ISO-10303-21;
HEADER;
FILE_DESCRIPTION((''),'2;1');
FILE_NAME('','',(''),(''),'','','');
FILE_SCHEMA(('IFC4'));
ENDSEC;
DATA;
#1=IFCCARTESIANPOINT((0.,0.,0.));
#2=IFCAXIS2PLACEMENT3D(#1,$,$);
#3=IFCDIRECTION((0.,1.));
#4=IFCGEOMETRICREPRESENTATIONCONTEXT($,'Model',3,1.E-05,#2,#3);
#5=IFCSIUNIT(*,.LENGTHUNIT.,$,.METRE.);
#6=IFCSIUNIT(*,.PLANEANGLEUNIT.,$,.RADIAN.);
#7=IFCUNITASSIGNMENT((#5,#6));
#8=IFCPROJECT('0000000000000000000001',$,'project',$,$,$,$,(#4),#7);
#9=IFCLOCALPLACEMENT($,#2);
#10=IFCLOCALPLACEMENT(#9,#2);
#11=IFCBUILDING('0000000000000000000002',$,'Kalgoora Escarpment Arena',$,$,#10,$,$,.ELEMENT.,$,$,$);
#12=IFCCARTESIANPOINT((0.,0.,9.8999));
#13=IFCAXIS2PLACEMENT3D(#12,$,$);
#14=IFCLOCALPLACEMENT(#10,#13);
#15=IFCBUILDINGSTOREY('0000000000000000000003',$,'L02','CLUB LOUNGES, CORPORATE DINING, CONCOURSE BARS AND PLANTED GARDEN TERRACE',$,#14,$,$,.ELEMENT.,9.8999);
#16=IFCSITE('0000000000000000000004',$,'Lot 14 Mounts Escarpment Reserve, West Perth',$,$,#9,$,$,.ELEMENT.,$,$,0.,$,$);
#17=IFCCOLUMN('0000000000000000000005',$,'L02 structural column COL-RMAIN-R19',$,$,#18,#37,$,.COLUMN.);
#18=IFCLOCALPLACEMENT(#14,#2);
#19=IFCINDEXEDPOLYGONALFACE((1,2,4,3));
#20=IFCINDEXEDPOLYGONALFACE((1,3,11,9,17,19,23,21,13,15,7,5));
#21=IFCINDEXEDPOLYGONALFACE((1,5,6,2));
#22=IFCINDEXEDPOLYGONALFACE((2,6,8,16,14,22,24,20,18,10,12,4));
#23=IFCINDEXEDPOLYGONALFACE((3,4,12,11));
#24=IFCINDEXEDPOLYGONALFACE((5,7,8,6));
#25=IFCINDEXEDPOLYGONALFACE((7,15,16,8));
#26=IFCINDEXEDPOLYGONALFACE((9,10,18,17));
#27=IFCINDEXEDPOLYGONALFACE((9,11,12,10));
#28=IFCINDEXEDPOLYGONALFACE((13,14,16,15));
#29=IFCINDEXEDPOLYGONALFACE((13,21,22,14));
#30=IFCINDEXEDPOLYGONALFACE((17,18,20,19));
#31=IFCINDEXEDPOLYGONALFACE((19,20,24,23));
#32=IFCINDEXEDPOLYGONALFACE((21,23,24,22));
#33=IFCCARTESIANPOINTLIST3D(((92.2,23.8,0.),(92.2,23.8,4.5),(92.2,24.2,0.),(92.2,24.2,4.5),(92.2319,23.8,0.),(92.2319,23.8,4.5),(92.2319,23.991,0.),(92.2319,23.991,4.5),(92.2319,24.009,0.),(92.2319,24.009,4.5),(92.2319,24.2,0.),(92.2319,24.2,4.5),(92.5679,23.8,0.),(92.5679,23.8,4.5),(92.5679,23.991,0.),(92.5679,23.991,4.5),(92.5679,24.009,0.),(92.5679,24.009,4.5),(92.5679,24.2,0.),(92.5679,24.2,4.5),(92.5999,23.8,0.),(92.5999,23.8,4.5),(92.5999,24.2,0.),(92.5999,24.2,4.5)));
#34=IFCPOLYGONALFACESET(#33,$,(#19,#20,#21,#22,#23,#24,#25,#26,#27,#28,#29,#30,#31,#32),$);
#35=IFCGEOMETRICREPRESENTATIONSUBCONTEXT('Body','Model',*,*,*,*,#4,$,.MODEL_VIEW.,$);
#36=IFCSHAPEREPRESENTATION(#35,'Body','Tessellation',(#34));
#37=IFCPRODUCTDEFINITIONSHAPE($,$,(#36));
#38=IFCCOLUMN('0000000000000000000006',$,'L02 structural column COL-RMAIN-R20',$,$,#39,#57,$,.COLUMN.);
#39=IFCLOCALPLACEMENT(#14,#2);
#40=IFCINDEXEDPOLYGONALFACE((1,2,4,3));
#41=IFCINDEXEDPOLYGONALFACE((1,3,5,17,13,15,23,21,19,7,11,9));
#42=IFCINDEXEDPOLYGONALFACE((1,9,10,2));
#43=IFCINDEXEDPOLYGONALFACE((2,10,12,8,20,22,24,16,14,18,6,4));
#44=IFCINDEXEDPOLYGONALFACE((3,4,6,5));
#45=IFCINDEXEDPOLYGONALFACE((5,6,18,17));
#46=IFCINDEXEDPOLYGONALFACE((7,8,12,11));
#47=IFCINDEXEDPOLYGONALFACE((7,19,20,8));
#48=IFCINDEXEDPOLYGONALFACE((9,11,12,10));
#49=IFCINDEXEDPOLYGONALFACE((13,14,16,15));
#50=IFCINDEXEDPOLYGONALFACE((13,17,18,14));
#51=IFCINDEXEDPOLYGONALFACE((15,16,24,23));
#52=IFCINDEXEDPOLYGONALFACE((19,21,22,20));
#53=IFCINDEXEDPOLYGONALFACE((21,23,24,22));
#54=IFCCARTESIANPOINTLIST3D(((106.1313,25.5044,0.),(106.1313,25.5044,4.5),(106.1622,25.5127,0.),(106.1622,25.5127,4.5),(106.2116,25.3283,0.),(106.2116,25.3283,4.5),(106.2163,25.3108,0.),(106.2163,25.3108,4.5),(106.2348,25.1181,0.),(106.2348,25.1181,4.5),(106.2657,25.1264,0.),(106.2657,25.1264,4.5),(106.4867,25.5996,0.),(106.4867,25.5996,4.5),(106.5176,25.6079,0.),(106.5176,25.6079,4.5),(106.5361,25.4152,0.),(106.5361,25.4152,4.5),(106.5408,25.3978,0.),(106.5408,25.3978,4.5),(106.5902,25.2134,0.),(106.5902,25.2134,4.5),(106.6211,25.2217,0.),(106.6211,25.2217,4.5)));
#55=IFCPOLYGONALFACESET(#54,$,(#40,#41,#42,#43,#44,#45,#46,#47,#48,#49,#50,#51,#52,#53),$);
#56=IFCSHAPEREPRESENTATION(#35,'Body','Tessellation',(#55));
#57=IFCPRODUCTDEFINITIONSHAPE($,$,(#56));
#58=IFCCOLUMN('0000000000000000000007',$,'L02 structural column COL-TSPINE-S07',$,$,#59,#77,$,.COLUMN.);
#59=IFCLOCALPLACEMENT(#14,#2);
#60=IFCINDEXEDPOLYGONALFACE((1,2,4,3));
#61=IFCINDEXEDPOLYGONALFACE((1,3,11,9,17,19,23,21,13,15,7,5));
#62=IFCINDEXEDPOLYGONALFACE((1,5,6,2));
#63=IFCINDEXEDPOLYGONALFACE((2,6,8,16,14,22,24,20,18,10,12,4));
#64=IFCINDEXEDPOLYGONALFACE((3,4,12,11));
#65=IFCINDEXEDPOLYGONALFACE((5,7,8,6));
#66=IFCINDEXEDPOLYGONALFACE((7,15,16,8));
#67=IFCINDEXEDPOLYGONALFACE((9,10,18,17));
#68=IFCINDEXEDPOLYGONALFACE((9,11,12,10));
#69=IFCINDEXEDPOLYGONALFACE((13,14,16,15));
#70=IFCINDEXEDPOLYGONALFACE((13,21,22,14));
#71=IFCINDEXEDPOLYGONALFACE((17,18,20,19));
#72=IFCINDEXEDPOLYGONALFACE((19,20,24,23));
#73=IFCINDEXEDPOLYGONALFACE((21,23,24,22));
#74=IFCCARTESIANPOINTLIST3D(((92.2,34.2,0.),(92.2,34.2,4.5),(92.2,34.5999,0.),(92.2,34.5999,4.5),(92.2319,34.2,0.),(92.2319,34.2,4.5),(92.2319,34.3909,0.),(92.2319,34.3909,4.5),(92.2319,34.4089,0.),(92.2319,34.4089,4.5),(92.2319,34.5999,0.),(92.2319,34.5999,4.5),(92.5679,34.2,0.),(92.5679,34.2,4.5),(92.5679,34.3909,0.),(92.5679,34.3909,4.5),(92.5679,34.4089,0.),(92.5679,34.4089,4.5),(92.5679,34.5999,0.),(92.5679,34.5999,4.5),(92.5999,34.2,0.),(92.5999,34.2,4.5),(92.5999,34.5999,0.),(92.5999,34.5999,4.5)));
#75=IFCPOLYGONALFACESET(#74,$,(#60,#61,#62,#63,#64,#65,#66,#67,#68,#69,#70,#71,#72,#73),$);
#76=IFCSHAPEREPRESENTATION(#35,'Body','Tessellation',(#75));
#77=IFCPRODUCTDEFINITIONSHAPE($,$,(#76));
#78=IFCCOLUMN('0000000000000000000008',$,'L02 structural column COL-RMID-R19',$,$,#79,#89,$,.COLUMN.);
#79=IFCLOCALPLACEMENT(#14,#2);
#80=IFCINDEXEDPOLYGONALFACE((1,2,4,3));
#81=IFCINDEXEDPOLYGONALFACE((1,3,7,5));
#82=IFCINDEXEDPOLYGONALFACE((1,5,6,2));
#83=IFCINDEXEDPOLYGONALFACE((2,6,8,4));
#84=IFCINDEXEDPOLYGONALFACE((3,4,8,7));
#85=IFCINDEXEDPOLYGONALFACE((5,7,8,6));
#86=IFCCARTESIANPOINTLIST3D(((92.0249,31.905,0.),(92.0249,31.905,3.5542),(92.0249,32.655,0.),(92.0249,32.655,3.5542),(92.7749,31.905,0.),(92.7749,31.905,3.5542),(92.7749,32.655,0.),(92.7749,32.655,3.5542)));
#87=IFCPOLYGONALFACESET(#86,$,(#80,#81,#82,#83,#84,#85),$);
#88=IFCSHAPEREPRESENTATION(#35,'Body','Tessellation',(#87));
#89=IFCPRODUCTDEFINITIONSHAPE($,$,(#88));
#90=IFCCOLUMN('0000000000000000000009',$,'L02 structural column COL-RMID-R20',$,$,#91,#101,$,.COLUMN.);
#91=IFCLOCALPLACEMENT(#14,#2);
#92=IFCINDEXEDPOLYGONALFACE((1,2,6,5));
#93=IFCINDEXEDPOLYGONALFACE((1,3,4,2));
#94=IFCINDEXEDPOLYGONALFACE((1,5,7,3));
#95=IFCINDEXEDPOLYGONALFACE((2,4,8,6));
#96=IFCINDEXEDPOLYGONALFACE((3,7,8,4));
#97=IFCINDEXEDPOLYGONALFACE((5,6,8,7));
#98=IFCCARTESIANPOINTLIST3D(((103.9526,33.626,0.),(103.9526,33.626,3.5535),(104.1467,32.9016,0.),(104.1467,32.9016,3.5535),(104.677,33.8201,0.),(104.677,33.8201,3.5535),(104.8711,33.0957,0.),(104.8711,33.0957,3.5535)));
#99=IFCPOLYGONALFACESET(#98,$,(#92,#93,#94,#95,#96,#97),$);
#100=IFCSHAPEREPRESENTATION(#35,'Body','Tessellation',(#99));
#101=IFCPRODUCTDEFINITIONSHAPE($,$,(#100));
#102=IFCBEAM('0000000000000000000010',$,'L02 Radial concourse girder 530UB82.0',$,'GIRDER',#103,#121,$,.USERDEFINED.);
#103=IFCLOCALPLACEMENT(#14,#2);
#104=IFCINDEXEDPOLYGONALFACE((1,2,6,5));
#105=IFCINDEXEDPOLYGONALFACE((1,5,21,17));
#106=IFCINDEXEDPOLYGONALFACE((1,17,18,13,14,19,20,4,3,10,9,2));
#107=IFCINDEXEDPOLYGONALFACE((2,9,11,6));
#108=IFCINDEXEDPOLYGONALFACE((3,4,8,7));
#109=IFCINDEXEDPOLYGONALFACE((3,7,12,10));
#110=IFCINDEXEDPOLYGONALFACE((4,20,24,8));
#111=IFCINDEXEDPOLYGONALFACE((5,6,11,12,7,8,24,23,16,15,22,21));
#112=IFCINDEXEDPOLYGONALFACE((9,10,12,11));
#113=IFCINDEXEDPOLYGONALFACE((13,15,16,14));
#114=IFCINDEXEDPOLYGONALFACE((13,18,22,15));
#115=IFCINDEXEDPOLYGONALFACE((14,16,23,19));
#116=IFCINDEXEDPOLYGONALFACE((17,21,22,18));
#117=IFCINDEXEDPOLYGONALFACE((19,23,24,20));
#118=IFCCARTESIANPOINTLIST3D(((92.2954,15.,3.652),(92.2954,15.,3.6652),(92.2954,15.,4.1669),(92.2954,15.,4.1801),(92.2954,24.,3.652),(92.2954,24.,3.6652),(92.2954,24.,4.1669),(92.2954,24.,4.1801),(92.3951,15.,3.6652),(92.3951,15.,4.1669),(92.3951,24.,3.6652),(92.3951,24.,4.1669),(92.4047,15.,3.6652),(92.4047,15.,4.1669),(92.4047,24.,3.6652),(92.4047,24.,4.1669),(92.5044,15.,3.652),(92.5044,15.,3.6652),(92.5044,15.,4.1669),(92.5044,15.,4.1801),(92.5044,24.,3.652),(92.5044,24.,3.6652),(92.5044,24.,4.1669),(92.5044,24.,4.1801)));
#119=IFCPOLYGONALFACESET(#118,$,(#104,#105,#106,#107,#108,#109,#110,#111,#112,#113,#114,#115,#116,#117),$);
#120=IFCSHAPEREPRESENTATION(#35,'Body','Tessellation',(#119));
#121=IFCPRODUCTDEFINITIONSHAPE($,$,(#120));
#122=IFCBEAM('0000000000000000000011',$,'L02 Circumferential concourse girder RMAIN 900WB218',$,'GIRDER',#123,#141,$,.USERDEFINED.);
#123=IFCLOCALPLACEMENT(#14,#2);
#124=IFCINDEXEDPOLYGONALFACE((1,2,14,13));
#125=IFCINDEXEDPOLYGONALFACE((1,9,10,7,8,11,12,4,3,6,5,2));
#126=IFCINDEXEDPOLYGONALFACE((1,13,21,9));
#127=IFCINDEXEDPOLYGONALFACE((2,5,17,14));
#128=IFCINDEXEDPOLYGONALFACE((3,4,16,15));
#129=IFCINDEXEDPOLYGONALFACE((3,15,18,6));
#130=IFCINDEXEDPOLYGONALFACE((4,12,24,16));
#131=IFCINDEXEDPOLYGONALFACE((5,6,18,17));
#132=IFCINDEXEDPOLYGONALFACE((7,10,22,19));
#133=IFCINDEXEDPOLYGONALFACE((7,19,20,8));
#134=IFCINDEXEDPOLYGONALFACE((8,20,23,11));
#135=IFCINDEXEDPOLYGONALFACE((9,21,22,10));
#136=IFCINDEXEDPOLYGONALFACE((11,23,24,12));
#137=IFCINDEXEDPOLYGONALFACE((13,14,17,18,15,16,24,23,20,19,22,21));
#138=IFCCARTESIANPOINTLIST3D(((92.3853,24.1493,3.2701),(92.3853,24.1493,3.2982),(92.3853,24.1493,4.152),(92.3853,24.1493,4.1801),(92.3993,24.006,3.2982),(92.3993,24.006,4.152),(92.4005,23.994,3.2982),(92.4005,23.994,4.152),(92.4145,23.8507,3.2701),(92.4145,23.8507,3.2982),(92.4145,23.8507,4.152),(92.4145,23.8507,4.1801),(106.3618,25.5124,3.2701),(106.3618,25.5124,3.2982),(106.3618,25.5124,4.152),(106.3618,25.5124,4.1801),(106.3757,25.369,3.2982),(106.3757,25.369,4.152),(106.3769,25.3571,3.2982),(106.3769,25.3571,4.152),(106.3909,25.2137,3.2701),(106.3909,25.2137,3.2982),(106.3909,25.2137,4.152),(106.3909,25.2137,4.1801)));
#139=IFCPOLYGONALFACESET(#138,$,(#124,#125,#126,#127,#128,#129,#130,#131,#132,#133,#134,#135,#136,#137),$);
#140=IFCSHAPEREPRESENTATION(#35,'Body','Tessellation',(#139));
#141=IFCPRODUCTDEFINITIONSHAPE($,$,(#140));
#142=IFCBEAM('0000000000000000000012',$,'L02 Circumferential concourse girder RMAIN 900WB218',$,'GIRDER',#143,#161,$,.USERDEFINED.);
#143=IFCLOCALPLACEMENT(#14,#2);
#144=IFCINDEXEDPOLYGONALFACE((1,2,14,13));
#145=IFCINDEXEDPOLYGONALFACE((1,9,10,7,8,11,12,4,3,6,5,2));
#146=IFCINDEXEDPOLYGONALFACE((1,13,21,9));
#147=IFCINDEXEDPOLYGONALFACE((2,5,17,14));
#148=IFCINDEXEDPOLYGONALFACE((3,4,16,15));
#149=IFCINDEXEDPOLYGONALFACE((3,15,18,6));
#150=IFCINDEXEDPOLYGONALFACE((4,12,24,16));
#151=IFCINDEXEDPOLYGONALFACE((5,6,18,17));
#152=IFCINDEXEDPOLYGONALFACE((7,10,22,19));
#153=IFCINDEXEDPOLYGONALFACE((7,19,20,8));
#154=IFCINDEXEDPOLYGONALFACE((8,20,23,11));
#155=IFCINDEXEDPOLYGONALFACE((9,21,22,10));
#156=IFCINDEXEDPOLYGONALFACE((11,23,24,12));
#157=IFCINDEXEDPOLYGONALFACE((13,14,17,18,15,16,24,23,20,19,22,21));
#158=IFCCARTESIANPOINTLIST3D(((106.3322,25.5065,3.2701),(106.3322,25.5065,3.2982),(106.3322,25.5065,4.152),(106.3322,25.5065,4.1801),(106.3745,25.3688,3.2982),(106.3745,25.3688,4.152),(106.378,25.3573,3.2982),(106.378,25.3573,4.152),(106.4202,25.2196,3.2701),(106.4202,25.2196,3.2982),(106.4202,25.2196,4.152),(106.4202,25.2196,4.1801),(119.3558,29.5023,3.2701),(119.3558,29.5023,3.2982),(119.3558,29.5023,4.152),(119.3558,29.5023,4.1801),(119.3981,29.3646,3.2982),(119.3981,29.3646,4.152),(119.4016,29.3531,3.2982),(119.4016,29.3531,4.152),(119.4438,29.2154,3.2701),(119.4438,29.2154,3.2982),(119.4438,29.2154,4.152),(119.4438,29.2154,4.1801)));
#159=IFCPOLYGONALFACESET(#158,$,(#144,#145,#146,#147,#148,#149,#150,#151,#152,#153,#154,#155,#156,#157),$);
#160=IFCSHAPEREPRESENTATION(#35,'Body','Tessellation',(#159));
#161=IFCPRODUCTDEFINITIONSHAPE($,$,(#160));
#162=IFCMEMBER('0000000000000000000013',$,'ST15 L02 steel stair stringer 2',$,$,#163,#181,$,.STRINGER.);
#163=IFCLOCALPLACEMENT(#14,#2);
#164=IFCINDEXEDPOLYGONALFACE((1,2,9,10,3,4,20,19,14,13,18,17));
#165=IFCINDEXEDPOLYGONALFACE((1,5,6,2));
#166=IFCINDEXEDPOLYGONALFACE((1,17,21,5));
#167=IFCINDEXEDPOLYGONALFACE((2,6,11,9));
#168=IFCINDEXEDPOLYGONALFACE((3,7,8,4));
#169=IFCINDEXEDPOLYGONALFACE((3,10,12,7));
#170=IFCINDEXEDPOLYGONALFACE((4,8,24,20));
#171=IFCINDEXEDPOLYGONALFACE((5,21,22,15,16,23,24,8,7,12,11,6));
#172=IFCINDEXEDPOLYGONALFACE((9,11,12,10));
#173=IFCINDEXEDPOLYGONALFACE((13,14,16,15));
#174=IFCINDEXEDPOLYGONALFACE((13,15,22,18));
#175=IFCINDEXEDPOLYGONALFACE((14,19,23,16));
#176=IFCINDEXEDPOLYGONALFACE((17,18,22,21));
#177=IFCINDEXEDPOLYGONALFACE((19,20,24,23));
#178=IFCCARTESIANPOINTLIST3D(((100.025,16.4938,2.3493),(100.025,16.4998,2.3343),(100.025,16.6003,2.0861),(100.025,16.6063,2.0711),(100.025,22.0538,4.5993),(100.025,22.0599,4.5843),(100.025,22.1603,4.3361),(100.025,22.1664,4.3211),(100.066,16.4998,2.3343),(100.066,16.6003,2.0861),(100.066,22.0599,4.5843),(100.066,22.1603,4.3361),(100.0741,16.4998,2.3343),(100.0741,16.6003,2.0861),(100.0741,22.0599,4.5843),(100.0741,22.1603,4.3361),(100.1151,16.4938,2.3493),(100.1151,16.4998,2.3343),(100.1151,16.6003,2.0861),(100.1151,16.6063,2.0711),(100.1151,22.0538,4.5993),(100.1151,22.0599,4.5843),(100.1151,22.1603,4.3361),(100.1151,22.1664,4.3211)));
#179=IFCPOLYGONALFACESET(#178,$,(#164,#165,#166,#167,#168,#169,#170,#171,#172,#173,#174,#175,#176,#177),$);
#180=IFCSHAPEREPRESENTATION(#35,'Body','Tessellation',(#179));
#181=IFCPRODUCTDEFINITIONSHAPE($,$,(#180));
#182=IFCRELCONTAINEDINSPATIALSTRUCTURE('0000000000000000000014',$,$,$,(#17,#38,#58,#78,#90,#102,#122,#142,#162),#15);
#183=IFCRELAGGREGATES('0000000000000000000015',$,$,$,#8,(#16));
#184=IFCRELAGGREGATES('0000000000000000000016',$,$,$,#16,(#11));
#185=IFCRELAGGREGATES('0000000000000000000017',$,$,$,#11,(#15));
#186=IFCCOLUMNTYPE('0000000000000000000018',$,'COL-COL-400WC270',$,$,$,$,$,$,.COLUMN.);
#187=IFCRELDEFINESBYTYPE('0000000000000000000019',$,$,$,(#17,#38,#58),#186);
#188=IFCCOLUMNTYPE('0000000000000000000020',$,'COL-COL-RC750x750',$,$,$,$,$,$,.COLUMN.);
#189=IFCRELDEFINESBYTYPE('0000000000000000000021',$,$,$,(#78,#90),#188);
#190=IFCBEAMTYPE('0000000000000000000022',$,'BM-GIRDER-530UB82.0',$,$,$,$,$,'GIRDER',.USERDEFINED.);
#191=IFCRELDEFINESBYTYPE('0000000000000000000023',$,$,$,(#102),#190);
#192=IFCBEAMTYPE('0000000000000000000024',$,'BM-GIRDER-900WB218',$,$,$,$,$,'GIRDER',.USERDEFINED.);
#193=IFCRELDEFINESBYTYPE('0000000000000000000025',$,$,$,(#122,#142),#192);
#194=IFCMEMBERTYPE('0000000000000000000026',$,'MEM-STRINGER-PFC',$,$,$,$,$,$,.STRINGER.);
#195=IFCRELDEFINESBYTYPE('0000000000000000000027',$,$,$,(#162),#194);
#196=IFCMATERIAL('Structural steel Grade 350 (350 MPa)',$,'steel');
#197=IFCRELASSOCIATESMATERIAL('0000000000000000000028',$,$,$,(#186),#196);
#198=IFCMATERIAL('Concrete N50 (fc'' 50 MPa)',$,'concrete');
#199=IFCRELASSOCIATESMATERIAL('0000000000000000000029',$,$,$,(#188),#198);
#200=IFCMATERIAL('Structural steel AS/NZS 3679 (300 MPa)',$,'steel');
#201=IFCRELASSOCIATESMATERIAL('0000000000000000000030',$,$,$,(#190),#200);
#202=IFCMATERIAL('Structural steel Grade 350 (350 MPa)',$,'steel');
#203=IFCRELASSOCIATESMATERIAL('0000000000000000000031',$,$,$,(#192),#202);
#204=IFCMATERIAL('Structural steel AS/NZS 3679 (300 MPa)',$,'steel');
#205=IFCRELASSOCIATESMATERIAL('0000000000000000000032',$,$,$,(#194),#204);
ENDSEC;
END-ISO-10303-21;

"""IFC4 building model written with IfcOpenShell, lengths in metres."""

from ifc_helpers import new_model, si_unit, direction, frame, origin, origin_2d, place, context, subcontext, project, spatial, rectangle, i_section, extrude, material, material_profile, profile_set, type_object, element, save


model = new_model("IFC4")

# Units and contexts
model_context = context("Model", 3, precision=1e-05, world=origin(), true_north=direction((0.0, 1.0)))
body_context = subcontext(model_context, "Body", "Model", "MODEL_VIEW")
ifc_project = project(units=[si_unit("LENGTHUNIT", "METRE"), si_unit("PLANEANGLEUNIT", "RADIAN")], contexts=[model_context])

# Site, building, storey
site_placement = place(None, origin())
site = spatial("IfcSite", under=ifc_project, at=site_placement, Name="Lot 14 Mounts Escarpment Reserve, West Perth", CompositionType="ELEMENT", RefElevation=0.0)
building_placement = place(site_placement, origin())
building = spatial("IfcBuilding", under=site, at=building_placement, Name="Kalgoora Escarpment Arena", CompositionType="ELEMENT")
storey_placement = place(building_placement, frame((0.0, 0.0, 9.8999)))
storey = spatial("IfcBuildingStorey", under=building, at=storey_placement, Name="L02", Description="CLUB LOUNGES, CORPORATE DINING, CONCOURSE BARS AND PLANTED GARDEN TERRACE", CompositionType="ELEMENT", Elevation=9.8999)

# Columns
ifc_material_1 = material(Name="Structural steel Grade 350 (350 MPa)", Category="steel")
ifc_material_profile_1 = material_profile(ifc_material_1, i_section(OverallWidth=0.3999, OverallDepth=0.3999, WebThickness=0.0181, FlangeThickness=0.032, at=origin_2d()))
ifc_profile_set_1 = profile_set([ifc_material_profile_1], Name="Structural steel Grade 350 (350 MPa)")
column_type_1 = type_object("IfcColumnType", Name="COL-COL-400WC270", PredefinedType="COLUMN", material=ifc_profile_set_1)
for number, where, z_axis, x_axis, name in (
    (1, (92.3999, 24.0, 0.0), (0.0, 0.0, 1.0), (0.0, -1.0, 0.0), "L02 structural column COL-RMAIN-R19"),
    (2, (106.3762, 25.363, 0.0), (0.0, 0.0, 1.0), (0.258819, -0.965926, 0.0), "L02 structural column COL-RMAIN-R20"),
    (3, (92.3999, 34.3999, 0.0), (0.0, 0.0, 1.0), (0.0, -1.0, 0.0), "L02 structural column COL-TSPINE-S07"),
):
    element("IfcColumn", number, at=place(storey_placement, frame(where, z_axis=z_axis, x_axis=x_axis)), inside=storey, type_object=column_type_1, Name=name, PredefinedType="COLUMN", context=body_context, shape_type="SweptSolid", body=[
        extrude(i_section(OverallWidth=0.3999, OverallDepth=0.3999, WebThickness=0.0181, FlangeThickness=0.032, at=origin_2d()), origin(), (0.0, 0.0, 1.0), 4.5),
    ])
ifc_material_2 = material(Name="Concrete N50 (fc' 50 MPa)", Category="concrete")
ifc_material_profile_2 = material_profile(ifc_material_2, rectangle(XDim=0.75, YDim=0.75, at=origin_2d()))
ifc_profile_set_2 = profile_set([ifc_material_profile_2], Name="Concrete N50 (fc' 50 MPa)")
column_type_2 = type_object("IfcColumnType", Name="COL-COL-RC750x750", PredefinedType="COLUMN", material=ifc_profile_set_2)
column_1_placement = place(storey_placement, frame((92.3999, 32.28, 0.0), z_axis=(0.0, 0.0, 1.0), x_axis=(0.0, -1.0, 0.0)))
element("IfcColumn", 4, at=column_1_placement, inside=storey, type_object=column_type_2, Name="L02 structural column COL-RMID-R19", PredefinedType="COLUMN", context=body_context, shape_type="SweptSolid", body=[
    extrude(rectangle(XDim=0.75, YDim=0.75, at=origin_2d()), origin(), (0.0, 0.0, 1.0), 3.5542),
])
column_2_placement = place(storey_placement, frame((104.4119, 33.3608, 0.0), z_axis=(0.0, 0.0, 1.0), x_axis=(0.258819, -0.965926, 0.0)))
element("IfcColumn", 5, at=column_2_placement, inside=storey, type_object=column_type_2, Name="L02 structural column COL-RMID-R20", PredefinedType="COLUMN", context=body_context, shape_type="SweptSolid", body=[
    extrude(rectangle(XDim=0.75, YDim=0.75, at=origin_2d()), origin(), (0.0, 0.0, 1.0), 3.5535),
])

# Beams
ifc_material_3 = material(Name="Structural steel AS/NZS 3679 (300 MPa)", Category="steel")
ifc_material_profile_3 = material_profile(ifc_material_3, i_section(OverallWidth=0.209, OverallDepth=0.5281, WebThickness=0.0095, FlangeThickness=0.0132, at=origin_2d()))
ifc_profile_set_3 = profile_set([ifc_material_profile_3], Name="Structural steel AS/NZS 3679 (300 MPa)")
beam_type_1 = type_object("IfcBeamType", Name="BM-GIRDER-530UB82.0", ElementType="GIRDER", PredefinedType="USERDEFINED", material=ifc_profile_set_3)
beam_1_placement = place(storey_placement, frame((92.3999, 24.0, 3.916), z_axis=(0.0, -1.0, 0.0), x_axis=(1.0, 0.0, 0.0)))
element("IfcBeam", 6, at=beam_1_placement, inside=storey, type_object=beam_type_1, Name="L02 Radial concourse girder 530UB82.0", ObjectType="GIRDER", PredefinedType="USERDEFINED", context=body_context, shape_type="SweptSolid", body=[
    extrude(i_section(OverallWidth=0.209, OverallDepth=0.5281, WebThickness=0.0095, FlangeThickness=0.0132, at=origin_2d()), origin(), (0.0, 0.0, 1.0), 9.0),
])
ifc_material_4 = material(Name="Structural steel Grade 350 (350 MPa)", Category="steel")
ifc_material_profile_4 = material_profile(ifc_material_4, i_section(OverallWidth=0.3, OverallDepth=0.9099, WebThickness=0.012, FlangeThickness=0.0281, at=origin_2d()))
ifc_profile_set_4 = profile_set([ifc_material_profile_4], Name="Structural steel Grade 350 (350 MPa)")
beam_type_2 = type_object("IfcBeamType", Name="BM-GIRDER-900WB218", ElementType="GIRDER", PredefinedType="USERDEFINED", material=ifc_profile_set_4)
beam_2_placement = place(storey_placement, frame((92.3999, 24.0, 3.7251), z_axis=(0.995278, 0.097064, 0.0), x_axis=(-0.097064, 0.995278, 0.0)))
element("IfcBeam", 7, at=beam_2_placement, inside=storey, type_object=beam_type_2, Name="L02 Circumferential concourse girder RMAIN 900WB218", ObjectType="GIRDER", PredefinedType="USERDEFINED", context=body_context, shape_type="SweptSolid", body=[
    extrude(i_section(OverallWidth=0.3, OverallDepth=0.9099, WebThickness=0.012, FlangeThickness=0.0281, at=origin_2d()), origin(), (0.0, 0.0, 1.0), 14.0427),
])
beam_3_placement = place(storey_placement, frame((106.3762, 25.363, 3.7251), z_axis=(0.956015, 0.293319, 0.0), x_axis=(-0.293319, 0.956015, 0.0)))
element("IfcBeam", 8, at=beam_3_placement, inside=storey, type_object=beam_type_2, Name="L02 Circumferential concourse girder RMAIN 900WB218", ObjectType="GIRDER", PredefinedType="USERDEFINED", context=body_context, shape_type="SweptSolid", body=[
    extrude(i_section(OverallWidth=0.3, OverallDepth=0.9099, WebThickness=0.012, FlangeThickness=0.0281, at=origin_2d()), origin(), (0.0, 0.0, 1.0), 13.6228),
])

# Member
ifc_material_5 = material(Name="Structural steel AS/NZS 3679 (300 MPa)", Category="steel")
ifc_material_profile_5 = material_profile(ifc_material_5, i_section(OverallWidth=0.0901, OverallDepth=0.3, WebThickness=0.0081, FlangeThickness=0.0161, at=origin_2d()))
ifc_profile_set_5 = profile_set([ifc_material_profile_5], Name="Structural steel AS/NZS 3679 (300 MPa)")
member_type = type_object("IfcMemberType", Name="MEM-STRINGER-PFC", PredefinedType="STRINGER", material=ifc_profile_set_5)
member_placement = place(storey_placement, frame((100.0701, 16.55, 2.2102), z_axis=(0.0, 0.926976, 0.375121), x_axis=(-1.0, 0.0, 0.0)))
element("IfcMember", 9, at=member_placement, inside=storey, type_object=member_type, Name="ST15 L02 steel stair stringer 2", PredefinedType="STRINGER", context=body_context, shape_type="SweptSolid", body=[
    extrude(i_section(OverallWidth=0.0901, OverallDepth=0.3, WebThickness=0.0081, FlangeThickness=0.0161, at=origin_2d()), origin(), (0.0, 0.0, 1.0), 5.998),
])

save(model, "model.ifc")
